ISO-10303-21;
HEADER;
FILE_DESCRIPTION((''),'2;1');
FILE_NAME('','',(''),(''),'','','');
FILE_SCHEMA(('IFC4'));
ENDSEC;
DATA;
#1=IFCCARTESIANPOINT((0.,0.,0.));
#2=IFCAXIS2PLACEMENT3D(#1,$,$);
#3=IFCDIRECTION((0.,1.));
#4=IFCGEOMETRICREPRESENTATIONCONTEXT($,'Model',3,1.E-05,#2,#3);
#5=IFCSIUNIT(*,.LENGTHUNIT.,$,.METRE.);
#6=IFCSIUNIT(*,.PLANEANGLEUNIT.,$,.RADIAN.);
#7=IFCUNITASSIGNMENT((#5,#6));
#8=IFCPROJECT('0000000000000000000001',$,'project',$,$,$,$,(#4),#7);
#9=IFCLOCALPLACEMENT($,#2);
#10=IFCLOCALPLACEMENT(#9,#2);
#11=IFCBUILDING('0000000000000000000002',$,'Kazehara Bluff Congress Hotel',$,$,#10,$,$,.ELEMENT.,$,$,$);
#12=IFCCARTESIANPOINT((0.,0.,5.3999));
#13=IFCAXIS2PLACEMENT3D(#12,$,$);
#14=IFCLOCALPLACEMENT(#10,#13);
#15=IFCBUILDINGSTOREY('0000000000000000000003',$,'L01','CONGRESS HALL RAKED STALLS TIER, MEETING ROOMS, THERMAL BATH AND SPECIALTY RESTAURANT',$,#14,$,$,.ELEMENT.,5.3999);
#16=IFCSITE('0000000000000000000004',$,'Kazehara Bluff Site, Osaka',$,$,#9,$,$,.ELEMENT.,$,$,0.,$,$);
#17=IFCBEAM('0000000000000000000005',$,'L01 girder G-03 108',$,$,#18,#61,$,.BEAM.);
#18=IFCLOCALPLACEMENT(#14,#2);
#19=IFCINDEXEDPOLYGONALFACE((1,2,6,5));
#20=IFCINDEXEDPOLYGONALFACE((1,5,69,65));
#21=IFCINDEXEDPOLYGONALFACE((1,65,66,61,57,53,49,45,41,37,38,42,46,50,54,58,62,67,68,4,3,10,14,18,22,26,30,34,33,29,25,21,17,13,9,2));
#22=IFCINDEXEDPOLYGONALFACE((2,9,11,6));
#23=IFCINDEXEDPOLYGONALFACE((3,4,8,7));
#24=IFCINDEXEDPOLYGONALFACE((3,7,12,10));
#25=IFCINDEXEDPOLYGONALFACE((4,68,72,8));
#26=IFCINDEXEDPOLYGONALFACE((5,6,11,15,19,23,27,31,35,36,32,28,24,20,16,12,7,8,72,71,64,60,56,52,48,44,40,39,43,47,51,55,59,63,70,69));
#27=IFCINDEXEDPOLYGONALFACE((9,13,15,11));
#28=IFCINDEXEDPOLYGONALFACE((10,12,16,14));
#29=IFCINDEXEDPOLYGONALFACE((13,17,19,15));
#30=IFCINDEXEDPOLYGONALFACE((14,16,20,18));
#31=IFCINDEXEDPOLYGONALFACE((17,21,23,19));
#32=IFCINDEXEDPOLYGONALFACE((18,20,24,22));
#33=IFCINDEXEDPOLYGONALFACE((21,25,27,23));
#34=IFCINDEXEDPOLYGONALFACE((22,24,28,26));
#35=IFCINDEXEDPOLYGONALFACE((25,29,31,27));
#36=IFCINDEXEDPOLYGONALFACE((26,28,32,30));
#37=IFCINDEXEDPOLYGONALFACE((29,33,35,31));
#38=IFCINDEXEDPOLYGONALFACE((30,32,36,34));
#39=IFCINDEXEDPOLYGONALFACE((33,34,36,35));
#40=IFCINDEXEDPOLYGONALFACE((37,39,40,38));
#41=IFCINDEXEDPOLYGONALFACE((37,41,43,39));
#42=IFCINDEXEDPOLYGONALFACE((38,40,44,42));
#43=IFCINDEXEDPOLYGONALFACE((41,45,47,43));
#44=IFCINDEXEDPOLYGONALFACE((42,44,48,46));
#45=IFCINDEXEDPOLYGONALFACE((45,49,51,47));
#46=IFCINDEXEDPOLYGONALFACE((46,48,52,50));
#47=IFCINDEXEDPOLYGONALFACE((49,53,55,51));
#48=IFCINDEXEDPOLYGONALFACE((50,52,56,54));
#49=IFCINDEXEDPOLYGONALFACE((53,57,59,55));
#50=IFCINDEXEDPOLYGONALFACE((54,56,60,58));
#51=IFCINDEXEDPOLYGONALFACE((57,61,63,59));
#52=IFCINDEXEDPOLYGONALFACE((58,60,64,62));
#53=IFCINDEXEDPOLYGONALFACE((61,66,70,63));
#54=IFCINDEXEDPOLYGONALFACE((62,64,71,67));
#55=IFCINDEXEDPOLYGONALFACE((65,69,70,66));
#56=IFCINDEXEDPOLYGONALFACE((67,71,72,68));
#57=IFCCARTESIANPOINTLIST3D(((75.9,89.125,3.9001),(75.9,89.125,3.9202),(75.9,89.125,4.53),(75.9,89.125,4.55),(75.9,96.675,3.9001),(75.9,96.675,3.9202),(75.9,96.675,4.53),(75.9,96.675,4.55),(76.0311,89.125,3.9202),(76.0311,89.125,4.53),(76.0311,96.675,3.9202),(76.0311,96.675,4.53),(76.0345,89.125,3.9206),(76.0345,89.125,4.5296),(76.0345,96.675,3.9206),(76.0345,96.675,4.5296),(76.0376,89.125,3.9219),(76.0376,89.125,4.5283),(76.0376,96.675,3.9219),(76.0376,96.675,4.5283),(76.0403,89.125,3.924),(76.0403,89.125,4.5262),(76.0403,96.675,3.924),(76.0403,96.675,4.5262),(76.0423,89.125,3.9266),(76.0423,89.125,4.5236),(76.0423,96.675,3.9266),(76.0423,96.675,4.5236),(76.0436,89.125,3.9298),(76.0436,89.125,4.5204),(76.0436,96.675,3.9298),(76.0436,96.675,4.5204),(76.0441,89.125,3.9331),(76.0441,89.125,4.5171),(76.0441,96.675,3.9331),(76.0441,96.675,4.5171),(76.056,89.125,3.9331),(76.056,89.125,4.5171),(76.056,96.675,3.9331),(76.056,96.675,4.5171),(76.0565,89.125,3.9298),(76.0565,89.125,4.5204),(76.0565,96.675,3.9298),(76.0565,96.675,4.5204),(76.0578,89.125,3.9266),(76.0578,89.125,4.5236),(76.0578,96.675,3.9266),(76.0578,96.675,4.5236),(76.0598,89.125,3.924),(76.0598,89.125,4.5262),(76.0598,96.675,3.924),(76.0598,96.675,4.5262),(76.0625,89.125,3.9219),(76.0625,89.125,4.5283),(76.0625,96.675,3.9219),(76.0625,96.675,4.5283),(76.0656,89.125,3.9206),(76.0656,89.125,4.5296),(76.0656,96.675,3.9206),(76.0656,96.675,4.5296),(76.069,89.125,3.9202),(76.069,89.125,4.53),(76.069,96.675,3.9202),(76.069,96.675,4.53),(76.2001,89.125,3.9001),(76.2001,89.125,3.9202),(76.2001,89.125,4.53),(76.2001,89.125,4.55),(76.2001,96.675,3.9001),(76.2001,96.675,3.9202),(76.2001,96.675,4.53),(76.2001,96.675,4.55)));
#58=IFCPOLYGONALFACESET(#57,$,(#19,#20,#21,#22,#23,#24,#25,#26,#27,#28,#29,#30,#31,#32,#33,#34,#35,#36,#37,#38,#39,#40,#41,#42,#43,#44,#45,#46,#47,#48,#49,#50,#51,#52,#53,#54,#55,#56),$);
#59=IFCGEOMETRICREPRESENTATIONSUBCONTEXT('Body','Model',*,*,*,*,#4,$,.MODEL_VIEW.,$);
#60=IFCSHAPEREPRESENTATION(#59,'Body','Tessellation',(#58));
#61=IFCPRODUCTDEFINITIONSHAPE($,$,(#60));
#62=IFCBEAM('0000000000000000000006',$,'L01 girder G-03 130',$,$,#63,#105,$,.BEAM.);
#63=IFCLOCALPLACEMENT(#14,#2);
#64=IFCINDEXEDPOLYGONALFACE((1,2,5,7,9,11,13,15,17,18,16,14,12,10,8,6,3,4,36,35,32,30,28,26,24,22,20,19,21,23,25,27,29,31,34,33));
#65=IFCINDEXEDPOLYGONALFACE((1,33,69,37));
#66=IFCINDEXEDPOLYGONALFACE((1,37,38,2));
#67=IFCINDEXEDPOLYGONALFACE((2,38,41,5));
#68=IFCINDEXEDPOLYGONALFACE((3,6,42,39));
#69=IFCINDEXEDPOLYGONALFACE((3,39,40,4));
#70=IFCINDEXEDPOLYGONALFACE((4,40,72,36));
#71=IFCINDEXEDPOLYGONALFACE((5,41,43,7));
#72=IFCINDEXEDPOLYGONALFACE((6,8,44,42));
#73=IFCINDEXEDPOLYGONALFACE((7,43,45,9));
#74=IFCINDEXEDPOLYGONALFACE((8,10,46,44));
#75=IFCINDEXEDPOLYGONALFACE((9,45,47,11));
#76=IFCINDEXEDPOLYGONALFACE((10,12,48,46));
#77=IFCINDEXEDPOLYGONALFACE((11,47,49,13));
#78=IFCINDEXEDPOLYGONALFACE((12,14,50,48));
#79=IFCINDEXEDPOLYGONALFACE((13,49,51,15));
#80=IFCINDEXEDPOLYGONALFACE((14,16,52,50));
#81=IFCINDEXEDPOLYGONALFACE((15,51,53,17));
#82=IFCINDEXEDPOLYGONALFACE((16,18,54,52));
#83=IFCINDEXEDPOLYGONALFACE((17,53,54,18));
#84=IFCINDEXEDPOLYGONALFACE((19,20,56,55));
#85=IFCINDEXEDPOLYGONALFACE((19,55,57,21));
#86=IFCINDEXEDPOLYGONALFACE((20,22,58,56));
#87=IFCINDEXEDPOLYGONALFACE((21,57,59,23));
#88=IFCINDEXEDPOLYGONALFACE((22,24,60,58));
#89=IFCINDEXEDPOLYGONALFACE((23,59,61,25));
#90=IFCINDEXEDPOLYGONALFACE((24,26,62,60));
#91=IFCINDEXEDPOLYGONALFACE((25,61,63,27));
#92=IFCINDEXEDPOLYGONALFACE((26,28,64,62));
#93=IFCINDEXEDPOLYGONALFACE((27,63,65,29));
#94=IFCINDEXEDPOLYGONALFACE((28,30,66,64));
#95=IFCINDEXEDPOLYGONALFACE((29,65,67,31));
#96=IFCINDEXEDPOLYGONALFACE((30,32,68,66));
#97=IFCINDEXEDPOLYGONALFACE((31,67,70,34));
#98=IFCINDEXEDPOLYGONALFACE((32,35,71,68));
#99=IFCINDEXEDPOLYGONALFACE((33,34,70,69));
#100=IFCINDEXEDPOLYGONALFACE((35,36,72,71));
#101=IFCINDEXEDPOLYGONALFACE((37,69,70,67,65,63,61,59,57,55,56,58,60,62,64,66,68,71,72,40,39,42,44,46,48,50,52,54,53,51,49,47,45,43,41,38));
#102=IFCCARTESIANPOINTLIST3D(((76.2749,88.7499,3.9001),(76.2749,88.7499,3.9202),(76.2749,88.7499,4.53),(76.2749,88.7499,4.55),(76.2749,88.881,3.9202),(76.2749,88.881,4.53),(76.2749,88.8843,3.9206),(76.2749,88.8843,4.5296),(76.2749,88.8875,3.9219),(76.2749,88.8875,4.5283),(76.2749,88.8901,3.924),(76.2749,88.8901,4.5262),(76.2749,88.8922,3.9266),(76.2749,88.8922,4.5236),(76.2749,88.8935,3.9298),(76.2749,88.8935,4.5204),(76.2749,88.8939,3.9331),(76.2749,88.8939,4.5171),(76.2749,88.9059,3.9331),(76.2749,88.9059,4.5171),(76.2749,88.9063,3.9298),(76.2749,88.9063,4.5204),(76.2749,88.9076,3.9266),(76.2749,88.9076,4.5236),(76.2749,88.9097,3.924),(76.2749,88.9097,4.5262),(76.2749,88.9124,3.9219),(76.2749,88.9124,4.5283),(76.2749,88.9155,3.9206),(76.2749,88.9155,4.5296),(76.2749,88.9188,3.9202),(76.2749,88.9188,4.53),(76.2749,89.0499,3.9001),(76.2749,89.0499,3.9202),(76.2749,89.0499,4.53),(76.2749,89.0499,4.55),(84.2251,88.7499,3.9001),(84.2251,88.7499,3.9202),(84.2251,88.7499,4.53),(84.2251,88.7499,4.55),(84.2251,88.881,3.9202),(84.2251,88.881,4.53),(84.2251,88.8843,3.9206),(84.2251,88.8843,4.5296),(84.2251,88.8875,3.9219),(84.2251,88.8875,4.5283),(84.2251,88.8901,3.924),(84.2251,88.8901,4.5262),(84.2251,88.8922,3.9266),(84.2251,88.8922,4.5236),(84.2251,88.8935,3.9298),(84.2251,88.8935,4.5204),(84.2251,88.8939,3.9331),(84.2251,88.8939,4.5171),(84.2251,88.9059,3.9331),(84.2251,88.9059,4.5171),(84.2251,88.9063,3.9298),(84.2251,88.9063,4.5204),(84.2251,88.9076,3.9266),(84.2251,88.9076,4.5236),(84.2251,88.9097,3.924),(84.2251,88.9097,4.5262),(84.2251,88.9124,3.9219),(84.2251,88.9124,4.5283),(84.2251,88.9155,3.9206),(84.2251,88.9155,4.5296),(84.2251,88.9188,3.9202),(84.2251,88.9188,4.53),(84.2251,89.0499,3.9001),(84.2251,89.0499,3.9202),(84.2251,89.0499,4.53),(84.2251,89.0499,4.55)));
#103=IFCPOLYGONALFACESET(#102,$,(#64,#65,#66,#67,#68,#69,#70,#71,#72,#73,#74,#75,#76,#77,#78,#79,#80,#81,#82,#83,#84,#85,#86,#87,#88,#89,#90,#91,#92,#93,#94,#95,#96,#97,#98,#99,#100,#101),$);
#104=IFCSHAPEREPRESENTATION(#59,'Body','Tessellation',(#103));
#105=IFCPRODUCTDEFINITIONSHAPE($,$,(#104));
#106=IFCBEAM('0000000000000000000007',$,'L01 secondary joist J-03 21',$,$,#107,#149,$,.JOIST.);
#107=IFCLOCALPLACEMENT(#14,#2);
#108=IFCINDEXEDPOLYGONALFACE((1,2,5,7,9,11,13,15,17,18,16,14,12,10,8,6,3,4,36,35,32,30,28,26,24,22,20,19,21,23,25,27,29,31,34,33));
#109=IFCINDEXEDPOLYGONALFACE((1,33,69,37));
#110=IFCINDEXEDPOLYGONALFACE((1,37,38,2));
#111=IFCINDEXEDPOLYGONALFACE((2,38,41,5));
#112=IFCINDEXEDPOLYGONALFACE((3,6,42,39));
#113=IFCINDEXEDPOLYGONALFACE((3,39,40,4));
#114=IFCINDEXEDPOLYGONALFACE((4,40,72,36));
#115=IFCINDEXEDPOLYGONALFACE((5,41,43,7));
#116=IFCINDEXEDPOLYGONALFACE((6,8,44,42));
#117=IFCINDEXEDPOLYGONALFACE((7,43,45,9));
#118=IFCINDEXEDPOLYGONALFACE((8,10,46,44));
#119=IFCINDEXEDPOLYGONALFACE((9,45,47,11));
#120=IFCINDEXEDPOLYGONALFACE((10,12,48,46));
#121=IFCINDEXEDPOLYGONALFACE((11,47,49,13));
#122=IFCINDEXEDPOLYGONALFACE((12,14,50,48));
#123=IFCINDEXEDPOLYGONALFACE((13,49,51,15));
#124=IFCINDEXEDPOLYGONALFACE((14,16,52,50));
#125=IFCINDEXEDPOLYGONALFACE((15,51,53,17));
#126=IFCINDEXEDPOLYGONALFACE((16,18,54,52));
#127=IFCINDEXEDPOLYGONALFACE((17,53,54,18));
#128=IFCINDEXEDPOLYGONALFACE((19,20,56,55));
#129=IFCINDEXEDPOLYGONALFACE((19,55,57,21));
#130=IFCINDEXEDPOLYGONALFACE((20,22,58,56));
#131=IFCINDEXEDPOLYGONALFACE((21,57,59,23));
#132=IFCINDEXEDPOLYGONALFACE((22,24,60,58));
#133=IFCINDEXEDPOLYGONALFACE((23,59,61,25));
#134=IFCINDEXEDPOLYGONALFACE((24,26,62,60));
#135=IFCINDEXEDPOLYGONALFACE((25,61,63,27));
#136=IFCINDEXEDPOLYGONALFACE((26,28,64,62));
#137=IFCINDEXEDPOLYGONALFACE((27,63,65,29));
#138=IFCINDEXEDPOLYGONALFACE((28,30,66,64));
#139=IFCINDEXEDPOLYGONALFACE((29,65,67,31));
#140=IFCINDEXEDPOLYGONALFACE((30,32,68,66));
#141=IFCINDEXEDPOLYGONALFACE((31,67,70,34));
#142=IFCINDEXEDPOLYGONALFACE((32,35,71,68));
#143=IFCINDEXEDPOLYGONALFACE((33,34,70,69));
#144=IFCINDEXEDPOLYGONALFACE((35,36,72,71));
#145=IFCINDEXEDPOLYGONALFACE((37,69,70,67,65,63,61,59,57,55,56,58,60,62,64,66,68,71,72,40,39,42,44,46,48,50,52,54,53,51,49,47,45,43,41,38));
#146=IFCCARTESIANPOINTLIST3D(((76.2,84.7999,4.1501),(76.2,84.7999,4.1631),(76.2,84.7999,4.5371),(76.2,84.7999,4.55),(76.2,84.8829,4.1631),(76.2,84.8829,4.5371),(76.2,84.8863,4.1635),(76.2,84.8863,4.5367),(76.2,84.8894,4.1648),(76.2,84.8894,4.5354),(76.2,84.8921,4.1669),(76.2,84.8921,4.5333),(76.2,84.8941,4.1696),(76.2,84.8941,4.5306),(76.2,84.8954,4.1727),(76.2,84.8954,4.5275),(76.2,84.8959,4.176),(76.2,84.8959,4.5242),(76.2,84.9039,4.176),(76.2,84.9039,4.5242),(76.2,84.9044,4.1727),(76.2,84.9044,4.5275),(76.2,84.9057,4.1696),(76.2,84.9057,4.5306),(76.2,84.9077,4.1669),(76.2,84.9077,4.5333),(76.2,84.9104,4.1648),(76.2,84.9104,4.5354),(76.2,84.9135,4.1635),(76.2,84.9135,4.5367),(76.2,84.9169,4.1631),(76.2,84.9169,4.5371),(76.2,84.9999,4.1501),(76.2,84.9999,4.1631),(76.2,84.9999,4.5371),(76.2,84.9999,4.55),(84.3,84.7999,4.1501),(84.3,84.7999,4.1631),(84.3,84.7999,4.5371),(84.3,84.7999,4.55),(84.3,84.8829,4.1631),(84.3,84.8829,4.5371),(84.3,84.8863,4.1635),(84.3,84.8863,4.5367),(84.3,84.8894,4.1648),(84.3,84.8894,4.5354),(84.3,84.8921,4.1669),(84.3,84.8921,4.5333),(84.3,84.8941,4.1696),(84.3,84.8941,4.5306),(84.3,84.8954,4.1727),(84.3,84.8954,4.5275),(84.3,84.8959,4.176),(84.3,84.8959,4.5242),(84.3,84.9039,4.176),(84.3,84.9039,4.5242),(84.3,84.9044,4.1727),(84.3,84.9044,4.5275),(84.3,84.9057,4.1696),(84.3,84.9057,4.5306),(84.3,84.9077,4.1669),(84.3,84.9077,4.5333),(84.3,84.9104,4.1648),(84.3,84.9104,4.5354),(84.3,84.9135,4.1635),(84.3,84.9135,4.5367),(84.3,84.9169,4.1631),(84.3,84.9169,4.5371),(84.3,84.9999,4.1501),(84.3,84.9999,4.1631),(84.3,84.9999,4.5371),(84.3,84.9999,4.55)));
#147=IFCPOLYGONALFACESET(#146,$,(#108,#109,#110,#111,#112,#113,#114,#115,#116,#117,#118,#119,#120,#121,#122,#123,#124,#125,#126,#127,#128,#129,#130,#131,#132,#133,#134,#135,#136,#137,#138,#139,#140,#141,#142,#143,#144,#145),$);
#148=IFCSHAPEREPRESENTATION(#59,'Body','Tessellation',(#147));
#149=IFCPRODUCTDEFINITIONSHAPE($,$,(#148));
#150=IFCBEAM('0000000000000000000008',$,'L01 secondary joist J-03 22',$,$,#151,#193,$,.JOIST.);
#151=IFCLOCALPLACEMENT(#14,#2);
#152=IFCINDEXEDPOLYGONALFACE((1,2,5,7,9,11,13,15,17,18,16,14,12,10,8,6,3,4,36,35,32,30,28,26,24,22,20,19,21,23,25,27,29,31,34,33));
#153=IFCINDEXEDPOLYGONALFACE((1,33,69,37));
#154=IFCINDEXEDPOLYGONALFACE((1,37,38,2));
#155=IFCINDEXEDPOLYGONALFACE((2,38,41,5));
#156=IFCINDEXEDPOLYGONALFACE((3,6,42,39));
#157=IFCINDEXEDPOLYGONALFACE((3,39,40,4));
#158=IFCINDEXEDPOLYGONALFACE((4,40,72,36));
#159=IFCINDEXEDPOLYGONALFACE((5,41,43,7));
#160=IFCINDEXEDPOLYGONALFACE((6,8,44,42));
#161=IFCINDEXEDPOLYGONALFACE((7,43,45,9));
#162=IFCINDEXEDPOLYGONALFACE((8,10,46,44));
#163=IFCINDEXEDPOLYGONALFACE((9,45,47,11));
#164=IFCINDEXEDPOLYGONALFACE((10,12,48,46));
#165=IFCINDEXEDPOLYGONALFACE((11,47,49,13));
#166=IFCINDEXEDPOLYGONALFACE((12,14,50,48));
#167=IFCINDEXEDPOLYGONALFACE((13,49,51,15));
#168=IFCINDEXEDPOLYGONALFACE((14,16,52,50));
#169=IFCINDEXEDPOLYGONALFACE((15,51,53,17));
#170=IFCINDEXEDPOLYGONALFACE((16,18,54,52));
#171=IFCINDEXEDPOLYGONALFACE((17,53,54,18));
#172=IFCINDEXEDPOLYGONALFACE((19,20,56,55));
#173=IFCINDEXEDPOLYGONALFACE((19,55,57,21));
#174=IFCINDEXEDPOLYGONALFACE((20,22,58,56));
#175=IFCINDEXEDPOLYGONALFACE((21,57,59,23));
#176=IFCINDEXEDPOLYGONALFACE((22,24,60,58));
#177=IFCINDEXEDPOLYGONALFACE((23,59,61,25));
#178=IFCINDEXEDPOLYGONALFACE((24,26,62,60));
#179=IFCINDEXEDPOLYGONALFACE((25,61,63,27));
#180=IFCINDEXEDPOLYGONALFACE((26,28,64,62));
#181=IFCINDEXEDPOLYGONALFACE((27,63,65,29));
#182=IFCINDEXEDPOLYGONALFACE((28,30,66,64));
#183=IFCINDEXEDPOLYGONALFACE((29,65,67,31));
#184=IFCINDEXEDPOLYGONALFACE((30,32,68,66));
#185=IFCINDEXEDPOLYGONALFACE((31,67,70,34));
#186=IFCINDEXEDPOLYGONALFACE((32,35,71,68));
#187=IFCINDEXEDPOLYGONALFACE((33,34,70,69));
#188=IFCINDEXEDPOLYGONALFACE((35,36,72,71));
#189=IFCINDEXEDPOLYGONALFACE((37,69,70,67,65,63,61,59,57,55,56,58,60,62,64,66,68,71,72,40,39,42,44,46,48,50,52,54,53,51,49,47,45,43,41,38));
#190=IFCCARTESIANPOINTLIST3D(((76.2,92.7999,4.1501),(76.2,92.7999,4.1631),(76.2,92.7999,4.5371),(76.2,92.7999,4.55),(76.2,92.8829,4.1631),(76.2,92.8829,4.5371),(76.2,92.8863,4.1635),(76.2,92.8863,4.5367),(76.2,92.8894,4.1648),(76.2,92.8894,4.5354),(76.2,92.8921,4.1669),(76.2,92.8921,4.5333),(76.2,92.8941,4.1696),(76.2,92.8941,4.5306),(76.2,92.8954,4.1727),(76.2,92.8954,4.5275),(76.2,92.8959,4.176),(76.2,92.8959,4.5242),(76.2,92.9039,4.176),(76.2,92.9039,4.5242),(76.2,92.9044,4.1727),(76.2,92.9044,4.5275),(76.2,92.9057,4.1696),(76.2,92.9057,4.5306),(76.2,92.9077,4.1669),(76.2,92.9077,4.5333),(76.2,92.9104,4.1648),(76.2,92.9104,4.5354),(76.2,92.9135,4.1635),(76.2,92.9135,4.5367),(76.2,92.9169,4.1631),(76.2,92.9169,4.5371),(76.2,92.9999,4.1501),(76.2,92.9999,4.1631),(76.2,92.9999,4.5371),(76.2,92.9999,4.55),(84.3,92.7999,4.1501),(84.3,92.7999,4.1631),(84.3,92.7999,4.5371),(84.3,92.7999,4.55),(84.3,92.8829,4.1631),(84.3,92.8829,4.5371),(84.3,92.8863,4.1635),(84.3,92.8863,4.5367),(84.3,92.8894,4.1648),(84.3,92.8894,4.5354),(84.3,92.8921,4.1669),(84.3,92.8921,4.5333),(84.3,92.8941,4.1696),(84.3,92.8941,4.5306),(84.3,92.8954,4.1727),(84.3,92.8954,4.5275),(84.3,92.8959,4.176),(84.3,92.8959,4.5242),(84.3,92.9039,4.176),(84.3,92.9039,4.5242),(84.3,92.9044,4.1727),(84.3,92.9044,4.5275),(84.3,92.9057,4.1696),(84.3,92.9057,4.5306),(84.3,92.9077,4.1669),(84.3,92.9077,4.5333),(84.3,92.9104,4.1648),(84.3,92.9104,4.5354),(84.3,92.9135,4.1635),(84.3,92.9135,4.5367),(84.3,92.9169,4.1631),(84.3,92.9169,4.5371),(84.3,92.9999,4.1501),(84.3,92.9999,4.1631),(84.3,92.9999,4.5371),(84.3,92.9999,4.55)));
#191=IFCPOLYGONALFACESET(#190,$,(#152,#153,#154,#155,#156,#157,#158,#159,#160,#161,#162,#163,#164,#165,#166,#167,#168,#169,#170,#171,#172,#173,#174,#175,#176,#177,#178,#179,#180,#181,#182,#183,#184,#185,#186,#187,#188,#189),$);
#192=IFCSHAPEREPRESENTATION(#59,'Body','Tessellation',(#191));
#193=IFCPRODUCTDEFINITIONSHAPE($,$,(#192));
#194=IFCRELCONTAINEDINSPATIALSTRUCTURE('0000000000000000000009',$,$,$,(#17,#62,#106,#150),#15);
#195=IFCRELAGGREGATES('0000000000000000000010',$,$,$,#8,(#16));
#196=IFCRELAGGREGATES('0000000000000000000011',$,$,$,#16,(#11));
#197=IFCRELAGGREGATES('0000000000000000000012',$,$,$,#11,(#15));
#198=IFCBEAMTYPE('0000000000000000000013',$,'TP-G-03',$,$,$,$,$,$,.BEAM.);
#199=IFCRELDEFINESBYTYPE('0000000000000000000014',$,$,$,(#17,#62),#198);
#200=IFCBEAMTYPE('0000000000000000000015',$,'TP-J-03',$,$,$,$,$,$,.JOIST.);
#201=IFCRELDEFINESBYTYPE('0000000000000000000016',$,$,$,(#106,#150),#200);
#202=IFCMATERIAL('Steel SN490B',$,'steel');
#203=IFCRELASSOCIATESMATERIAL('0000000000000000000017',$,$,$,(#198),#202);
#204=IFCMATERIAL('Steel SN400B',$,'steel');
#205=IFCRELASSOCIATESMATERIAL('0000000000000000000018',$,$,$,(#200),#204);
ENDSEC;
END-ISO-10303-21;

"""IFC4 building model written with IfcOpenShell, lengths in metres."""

from ifc_helpers import new_model, si_unit, direction, frame, origin, origin_2d, place, context, subcontext, project, spatial, i_section, extrude, material, material_profile, profile_set, type_object, element, save


model = new_model("IFC4")

# Units and contexts
model_context = context("Model", 3, precision=1e-05, world=origin(), true_north=direction((0.0, 1.0)))
body_context = subcontext(model_context, "Body", "Model", "MODEL_VIEW")
ifc_project = project(units=[si_unit("LENGTHUNIT", "METRE"), si_unit("PLANEANGLEUNIT", "RADIAN")], contexts=[model_context])

# Site, building, storey
site_placement = place(None, origin())
site = spatial("IfcSite", under=ifc_project, at=site_placement, Name="Kazehara Bluff Site, Osaka", CompositionType="ELEMENT", RefElevation=0.0)
building_placement = place(site_placement, origin())
building = spatial("IfcBuilding", under=site, at=building_placement, Name="Kazehara Bluff Congress Hotel", CompositionType="ELEMENT")
storey_placement = place(building_placement, frame((0.0, 0.0, 5.3999)))
storey = spatial("IfcBuildingStorey", under=building, at=storey_placement, Name="L01", Description="CONGRESS HALL RAKED STALLS TIER, MEETING ROOMS, THERMAL BATH AND SPECIALTY RESTAURANT", CompositionType="ELEMENT", Elevation=5.3999)

# Beams
ifc_material_1 = material(Name="Steel SN490B", Category="steel")
ifc_material_profile_1 = material_profile(ifc_material_1, i_section(OverallWidth=0.3, OverallDepth=0.6499, WebThickness=0.012, FlangeThickness=0.02, FilletRadius=0.0129, at=origin_2d()))
ifc_profile_set_1 = profile_set([ifc_material_profile_1], Name="Steel SN490B")
beam_type_1 = type_object("IfcBeamType", Name="TP-G-03", PredefinedType="BEAM", material=ifc_profile_set_1)
for number, where, z_axis, x_axis, name in (
    (1, (76.05, 89.125, 4.2251), (0.0, 1.0, 0.0), (-1.0, 0.0, 0.0), "L01 girder G-03 108"),
):
    element("IfcBeam", number, at=place(storey_placement, frame(where, z_axis=z_axis, x_axis=x_axis)), inside=storey, type_object=beam_type_1, Name=name, PredefinedType="BEAM", context=body_context, shape_type="SweptSolid", body=[
        extrude(i_section(OverallWidth=0.3, OverallDepth=0.6499, WebThickness=0.012, FlangeThickness=0.02, FilletRadius=0.0129, at=origin_2d()), origin(), (0.0, 0.0, 1.0), 7.55),
    ])
beam_1_placement = place(storey_placement, frame((76.2749, 88.8999, 4.2251), z_axis=(1.0, 0.0, 0.0), x_axis=(0.0, 1.0, 0.0)))
element("IfcBeam", 2, at=beam_1_placement, inside=storey, type_object=beam_type_1, Name="L01 girder G-03 130", PredefinedType="BEAM", context=body_context, shape_type="SweptSolid", body=[
    extrude(i_section(OverallWidth=0.3, OverallDepth=0.6499, WebThickness=0.012, FlangeThickness=0.02, FilletRadius=0.0129, at=origin_2d()), origin(), (0.0, 0.0, 1.0), 7.9502),
])
ifc_material_2 = material(Name="Steel SN400B", Category="steel")
ifc_material_profile_2 = material_profile(ifc_material_2, i_section(OverallWidth=0.2, OverallDepth=0.3999, WebThickness=0.0081, FlangeThickness=0.0129, FilletRadius=0.0129, at=origin_2d()))
ifc_profile_set_2 = profile_set([ifc_material_profile_2], Name="Steel SN400B")
beam_type_2 = type_object("IfcBeamType", Name="TP-J-03", PredefinedType="JOIST", material=ifc_profile_set_2)
for number, where, z_axis, x_axis, name in (
    (3, (76.2, 84.8999, 4.3501), (1.0, 0.0, 0.0), (0.0, 1.0, 0.0), "L01 secondary joist J-03 21"),
    (4, (76.2, 92.8999, 4.3501), (1.0, 0.0, 0.0), (0.0, 1.0, 0.0), "L01 secondary joist J-03 22"),
):
    element("IfcBeam", number, at=place(storey_placement, frame(where, z_axis=z_axis, x_axis=x_axis)), inside=storey, type_object=beam_type_2, Name=name, PredefinedType="JOIST", context=body_context, shape_type="SweptSolid", body=[
        extrude(i_section(OverallWidth=0.2, OverallDepth=0.3999, WebThickness=0.0081, FlangeThickness=0.0129, FilletRadius=0.0129, at=origin_2d()), origin(), (0.0, 0.0, 1.0), 8.1001),
    ])

save(model, "model.ifc")
